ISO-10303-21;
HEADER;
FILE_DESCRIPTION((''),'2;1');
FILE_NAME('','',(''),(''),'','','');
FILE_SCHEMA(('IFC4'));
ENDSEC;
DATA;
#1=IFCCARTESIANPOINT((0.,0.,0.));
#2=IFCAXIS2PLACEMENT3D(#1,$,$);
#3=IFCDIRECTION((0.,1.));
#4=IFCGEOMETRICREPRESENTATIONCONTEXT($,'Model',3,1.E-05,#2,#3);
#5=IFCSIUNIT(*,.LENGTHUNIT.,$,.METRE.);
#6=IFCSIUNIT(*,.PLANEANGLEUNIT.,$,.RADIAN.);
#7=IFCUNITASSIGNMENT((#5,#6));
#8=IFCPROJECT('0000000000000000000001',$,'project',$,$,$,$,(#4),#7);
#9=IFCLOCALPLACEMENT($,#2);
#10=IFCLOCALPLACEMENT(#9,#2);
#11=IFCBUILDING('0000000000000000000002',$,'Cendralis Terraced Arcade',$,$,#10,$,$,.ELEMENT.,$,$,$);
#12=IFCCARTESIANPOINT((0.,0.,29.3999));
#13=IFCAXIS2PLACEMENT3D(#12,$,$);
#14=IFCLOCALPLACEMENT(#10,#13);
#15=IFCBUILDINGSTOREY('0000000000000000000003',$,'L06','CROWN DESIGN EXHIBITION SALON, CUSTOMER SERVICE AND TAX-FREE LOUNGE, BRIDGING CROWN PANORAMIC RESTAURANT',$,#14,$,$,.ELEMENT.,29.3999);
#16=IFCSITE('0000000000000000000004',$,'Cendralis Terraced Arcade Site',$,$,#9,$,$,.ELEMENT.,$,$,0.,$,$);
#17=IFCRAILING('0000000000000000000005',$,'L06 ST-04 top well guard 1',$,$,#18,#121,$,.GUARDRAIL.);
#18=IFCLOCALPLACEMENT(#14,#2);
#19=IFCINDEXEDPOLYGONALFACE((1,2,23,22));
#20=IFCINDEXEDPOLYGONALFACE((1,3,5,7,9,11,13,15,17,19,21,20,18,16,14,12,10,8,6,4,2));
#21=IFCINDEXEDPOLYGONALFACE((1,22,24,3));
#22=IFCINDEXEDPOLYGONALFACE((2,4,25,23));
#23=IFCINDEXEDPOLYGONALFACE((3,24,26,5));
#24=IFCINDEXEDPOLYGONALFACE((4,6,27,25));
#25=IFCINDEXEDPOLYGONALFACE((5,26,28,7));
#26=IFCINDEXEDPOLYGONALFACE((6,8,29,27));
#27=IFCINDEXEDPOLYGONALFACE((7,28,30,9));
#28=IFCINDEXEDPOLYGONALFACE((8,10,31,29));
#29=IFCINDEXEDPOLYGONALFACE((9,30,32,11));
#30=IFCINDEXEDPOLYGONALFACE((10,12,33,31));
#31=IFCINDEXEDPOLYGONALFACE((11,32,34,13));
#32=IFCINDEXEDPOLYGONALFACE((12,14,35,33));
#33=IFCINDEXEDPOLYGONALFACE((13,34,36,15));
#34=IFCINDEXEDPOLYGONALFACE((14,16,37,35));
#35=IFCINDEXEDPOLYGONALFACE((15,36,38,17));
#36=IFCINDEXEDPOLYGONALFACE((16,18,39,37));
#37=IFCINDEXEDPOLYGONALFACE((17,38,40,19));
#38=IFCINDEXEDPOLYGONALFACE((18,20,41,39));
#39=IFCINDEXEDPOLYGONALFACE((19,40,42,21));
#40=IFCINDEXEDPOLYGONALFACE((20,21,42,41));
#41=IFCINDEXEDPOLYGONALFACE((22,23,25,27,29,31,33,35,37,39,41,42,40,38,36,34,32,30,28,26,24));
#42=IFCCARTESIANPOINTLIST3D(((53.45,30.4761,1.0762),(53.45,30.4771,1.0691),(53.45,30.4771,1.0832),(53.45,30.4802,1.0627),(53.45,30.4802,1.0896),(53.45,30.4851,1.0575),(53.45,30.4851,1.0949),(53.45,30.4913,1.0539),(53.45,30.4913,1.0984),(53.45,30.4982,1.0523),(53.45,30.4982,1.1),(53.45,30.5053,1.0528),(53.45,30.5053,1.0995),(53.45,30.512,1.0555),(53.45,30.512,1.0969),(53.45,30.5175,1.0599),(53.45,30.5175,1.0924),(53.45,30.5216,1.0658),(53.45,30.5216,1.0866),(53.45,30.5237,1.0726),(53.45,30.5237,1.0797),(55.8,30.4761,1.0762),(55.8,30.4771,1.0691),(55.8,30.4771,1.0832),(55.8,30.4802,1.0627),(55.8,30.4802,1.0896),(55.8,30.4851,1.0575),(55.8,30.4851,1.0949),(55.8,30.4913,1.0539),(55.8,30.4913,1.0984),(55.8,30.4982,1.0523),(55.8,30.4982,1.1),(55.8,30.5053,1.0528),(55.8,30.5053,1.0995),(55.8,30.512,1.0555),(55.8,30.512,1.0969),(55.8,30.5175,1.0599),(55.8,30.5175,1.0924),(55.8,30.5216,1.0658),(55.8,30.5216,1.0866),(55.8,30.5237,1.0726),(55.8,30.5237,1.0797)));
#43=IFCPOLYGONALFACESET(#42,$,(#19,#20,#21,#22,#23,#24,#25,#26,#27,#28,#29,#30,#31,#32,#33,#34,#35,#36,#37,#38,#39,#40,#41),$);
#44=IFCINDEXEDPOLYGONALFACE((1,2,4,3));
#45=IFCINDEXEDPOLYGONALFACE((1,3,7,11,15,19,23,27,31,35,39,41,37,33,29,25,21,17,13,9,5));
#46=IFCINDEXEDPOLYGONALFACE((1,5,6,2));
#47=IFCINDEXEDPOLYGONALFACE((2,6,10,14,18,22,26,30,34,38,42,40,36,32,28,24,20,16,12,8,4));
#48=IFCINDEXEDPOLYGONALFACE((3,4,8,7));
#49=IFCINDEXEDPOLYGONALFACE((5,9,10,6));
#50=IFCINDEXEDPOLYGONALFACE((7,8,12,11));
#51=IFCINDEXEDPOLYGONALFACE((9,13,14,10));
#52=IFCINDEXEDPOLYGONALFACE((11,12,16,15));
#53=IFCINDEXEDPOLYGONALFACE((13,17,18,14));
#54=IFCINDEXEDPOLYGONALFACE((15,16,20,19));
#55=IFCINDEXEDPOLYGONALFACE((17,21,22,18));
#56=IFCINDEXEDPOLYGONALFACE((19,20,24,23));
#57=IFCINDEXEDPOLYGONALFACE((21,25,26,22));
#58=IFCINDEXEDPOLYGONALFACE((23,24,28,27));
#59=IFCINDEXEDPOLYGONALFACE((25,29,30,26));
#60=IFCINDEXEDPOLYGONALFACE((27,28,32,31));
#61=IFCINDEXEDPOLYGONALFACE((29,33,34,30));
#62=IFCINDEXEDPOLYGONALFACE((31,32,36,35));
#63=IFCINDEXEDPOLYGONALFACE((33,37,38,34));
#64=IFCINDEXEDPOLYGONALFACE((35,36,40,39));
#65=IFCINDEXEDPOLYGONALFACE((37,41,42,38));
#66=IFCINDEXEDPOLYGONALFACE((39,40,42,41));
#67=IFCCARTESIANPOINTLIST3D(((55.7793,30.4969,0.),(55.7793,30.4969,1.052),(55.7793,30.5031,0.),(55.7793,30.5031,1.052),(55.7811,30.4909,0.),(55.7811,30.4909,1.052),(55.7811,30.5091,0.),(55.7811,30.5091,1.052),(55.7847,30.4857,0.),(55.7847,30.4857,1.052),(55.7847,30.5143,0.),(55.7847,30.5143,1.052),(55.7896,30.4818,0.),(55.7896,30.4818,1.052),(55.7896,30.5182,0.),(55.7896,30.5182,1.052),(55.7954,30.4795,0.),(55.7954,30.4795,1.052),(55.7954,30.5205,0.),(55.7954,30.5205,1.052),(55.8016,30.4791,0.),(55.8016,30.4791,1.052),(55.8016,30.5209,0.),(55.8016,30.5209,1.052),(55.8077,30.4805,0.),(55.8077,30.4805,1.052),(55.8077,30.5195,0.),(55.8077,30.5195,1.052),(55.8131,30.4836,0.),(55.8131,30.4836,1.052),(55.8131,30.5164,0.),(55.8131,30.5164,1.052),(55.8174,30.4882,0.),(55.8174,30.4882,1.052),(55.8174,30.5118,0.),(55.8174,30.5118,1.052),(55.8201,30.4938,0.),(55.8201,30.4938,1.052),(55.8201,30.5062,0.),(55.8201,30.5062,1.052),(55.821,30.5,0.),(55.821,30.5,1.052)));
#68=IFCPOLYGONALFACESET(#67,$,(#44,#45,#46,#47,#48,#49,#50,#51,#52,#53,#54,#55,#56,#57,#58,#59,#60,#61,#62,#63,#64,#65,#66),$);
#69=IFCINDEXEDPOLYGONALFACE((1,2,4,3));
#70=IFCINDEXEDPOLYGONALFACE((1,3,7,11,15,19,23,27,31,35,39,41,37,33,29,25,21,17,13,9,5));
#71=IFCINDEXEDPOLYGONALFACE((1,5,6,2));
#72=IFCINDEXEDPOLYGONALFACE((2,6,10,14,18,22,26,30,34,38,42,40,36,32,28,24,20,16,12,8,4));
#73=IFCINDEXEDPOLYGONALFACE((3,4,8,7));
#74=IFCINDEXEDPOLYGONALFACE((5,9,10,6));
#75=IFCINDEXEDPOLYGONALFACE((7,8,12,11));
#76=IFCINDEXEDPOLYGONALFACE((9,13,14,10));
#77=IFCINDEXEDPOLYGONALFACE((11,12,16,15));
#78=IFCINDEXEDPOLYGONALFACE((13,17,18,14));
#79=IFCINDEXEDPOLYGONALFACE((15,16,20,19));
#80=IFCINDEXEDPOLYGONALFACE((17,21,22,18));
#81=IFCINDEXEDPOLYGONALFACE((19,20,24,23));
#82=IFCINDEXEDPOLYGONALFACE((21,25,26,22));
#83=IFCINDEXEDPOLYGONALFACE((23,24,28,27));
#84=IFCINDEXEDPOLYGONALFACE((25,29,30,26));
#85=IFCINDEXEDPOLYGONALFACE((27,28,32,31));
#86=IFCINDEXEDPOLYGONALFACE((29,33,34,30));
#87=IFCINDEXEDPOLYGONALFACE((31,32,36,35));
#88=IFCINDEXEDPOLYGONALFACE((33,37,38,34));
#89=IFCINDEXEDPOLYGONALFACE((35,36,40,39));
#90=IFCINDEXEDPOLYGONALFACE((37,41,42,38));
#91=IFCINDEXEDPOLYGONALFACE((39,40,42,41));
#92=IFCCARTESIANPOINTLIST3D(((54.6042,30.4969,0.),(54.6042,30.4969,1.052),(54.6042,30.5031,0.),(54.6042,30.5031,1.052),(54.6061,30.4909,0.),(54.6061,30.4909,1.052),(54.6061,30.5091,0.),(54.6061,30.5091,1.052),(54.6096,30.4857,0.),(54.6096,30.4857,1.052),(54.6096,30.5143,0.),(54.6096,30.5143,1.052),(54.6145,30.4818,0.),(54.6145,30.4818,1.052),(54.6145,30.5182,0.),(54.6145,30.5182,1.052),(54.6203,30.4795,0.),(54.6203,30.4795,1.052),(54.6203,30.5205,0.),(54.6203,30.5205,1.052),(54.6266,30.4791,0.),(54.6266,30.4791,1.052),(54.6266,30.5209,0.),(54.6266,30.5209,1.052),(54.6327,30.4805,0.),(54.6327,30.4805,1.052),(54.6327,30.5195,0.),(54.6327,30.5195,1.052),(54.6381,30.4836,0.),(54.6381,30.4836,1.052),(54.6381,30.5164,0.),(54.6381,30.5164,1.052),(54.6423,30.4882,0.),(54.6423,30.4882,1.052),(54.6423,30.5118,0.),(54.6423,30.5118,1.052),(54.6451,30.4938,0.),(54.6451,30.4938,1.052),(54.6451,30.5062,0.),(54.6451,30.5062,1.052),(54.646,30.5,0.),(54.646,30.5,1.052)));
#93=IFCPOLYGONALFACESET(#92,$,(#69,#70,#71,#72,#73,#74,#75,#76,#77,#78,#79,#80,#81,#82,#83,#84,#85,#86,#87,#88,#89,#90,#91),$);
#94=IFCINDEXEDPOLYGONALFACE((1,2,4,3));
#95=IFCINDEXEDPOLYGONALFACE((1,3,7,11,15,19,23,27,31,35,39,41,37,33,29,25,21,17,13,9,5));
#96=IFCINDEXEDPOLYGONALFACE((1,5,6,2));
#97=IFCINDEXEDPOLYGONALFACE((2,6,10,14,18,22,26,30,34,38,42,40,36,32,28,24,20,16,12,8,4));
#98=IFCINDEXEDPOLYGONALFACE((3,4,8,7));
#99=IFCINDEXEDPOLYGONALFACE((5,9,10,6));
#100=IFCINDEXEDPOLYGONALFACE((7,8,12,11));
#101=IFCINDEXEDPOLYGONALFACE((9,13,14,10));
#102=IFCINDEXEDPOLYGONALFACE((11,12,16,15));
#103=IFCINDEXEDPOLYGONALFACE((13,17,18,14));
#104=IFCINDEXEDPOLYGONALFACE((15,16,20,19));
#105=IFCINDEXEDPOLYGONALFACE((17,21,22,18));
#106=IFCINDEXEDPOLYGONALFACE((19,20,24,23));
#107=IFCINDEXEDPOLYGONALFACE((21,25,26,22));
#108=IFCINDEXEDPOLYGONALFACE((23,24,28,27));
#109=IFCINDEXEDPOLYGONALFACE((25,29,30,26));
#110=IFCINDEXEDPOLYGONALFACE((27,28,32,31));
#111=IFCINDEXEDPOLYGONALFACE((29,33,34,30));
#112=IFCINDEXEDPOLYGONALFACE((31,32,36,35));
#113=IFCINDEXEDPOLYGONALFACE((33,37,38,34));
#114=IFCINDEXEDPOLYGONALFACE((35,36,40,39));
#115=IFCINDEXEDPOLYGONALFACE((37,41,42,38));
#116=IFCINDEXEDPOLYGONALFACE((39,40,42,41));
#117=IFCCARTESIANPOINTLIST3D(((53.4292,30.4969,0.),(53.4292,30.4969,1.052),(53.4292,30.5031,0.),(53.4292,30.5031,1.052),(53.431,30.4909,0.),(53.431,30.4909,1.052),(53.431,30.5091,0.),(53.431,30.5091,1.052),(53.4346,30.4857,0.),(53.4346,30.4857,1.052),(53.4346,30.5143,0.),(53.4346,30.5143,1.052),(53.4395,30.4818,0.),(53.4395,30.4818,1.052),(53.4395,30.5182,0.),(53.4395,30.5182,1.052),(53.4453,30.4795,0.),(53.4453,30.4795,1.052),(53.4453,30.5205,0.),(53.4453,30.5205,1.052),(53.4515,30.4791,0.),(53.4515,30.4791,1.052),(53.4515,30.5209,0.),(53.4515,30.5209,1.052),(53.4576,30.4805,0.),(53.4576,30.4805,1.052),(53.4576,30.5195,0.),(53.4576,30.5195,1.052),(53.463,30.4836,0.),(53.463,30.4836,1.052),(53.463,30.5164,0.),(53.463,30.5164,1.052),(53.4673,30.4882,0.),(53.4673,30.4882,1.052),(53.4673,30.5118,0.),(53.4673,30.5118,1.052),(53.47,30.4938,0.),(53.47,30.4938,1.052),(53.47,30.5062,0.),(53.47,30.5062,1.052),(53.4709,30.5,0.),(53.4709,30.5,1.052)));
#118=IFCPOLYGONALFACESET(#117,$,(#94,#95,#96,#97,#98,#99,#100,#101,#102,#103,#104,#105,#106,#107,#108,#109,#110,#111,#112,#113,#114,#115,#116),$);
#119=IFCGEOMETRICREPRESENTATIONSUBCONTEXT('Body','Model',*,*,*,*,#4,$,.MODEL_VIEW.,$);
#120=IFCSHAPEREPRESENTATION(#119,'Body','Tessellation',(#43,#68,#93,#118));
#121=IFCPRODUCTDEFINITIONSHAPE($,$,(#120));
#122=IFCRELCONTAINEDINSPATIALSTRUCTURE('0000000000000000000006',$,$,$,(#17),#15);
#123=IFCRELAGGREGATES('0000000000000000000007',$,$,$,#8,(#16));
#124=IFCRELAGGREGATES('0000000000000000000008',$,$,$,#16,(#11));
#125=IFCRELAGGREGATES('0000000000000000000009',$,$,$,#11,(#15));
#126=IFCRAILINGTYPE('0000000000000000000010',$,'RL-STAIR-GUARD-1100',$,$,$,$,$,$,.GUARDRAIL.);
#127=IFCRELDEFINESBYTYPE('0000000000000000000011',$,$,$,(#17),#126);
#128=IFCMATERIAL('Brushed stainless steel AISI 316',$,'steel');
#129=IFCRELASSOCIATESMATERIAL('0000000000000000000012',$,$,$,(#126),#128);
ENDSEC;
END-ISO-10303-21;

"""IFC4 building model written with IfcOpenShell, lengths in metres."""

from ifc_helpers import new_model, si_unit, direction, frame, origin, origin_2d, place, context, subcontext, project, spatial, circle, extrude, material, type_object, element, save


model = new_model("IFC4")

# Units and contexts
model_context = context("Model", 3, precision=1e-05, world=origin(), true_north=direction((0.0, 1.0)))
body_context = subcontext(model_context, "Body", "Model", "MODEL_VIEW")
ifc_project = project(units=[si_unit("LENGTHUNIT", "METRE"), si_unit("PLANEANGLEUNIT", "RADIAN")], contexts=[model_context])

# Site, building, storey
site_placement = place(None, origin())
site = spatial("IfcSite", under=ifc_project, at=site_placement, Name="Cendralis Terraced Arcade Site", CompositionType="ELEMENT", RefElevation=0.0)
building_placement = place(site_placement, origin())
building = spatial("IfcBuilding", under=site, at=building_placement, Name="Cendralis Terraced Arcade", CompositionType="ELEMENT")
storey_placement = place(building_placement, frame((0.0, 0.0, 29.3999)))
storey = spatial("IfcBuildingStorey", under=building, at=storey_placement, Name="L06", Description="CROWN DESIGN EXHIBITION SALON, CUSTOMER SERVICE AND TAX-FREE LOUNGE, BRIDGING CROWN PANORAMIC RESTAURANT", CompositionType="ELEMENT", Elevation=29.3999)

# Railing
ifc_material_1 = material(Name="Brushed stainless steel AISI 316", Category="steel")
railing_type_1 = type_object("IfcRailingType", Name="RL-STAIR-GUARD-1100", PredefinedType="GUARDRAIL", material=ifc_material_1)
railing_1_placement = place(storey_placement, frame((55.8, 30.5, 0.0)))
element("IfcRailing", 1, at=railing_1_placement, inside=storey, type_object=railing_type_1, Name="L06 ST-04 top well guard 1", PredefinedType="GUARDRAIL", context=body_context, shape_type="SweptSolid", body=[
    extrude(circle(Radius=0.0239, at=origin_2d()), frame((0.0, 0.0, 1.0762), z_axis=(-1.0, 0.0, 0.0), x_axis=(0.0, -1.0, 0.0)), (0.0, 0.0, 1.0), 2.3501),
    extrude(circle(Radius=0.021, at=origin_2d()), origin(), (0.0, 0.0, 1.0), 1.052),
    extrude(circle(Radius=0.021, at=origin_2d()), frame((-1.175, 0.0, 0.0)), (0.0, 0.0, 1.0), 1.052),
    extrude(circle(Radius=0.021, at=origin_2d()), frame((-2.3501, 0.0, 0.0)), (0.0, 0.0, 1.0), 1.052),
])

save(model, "model.ifc")
